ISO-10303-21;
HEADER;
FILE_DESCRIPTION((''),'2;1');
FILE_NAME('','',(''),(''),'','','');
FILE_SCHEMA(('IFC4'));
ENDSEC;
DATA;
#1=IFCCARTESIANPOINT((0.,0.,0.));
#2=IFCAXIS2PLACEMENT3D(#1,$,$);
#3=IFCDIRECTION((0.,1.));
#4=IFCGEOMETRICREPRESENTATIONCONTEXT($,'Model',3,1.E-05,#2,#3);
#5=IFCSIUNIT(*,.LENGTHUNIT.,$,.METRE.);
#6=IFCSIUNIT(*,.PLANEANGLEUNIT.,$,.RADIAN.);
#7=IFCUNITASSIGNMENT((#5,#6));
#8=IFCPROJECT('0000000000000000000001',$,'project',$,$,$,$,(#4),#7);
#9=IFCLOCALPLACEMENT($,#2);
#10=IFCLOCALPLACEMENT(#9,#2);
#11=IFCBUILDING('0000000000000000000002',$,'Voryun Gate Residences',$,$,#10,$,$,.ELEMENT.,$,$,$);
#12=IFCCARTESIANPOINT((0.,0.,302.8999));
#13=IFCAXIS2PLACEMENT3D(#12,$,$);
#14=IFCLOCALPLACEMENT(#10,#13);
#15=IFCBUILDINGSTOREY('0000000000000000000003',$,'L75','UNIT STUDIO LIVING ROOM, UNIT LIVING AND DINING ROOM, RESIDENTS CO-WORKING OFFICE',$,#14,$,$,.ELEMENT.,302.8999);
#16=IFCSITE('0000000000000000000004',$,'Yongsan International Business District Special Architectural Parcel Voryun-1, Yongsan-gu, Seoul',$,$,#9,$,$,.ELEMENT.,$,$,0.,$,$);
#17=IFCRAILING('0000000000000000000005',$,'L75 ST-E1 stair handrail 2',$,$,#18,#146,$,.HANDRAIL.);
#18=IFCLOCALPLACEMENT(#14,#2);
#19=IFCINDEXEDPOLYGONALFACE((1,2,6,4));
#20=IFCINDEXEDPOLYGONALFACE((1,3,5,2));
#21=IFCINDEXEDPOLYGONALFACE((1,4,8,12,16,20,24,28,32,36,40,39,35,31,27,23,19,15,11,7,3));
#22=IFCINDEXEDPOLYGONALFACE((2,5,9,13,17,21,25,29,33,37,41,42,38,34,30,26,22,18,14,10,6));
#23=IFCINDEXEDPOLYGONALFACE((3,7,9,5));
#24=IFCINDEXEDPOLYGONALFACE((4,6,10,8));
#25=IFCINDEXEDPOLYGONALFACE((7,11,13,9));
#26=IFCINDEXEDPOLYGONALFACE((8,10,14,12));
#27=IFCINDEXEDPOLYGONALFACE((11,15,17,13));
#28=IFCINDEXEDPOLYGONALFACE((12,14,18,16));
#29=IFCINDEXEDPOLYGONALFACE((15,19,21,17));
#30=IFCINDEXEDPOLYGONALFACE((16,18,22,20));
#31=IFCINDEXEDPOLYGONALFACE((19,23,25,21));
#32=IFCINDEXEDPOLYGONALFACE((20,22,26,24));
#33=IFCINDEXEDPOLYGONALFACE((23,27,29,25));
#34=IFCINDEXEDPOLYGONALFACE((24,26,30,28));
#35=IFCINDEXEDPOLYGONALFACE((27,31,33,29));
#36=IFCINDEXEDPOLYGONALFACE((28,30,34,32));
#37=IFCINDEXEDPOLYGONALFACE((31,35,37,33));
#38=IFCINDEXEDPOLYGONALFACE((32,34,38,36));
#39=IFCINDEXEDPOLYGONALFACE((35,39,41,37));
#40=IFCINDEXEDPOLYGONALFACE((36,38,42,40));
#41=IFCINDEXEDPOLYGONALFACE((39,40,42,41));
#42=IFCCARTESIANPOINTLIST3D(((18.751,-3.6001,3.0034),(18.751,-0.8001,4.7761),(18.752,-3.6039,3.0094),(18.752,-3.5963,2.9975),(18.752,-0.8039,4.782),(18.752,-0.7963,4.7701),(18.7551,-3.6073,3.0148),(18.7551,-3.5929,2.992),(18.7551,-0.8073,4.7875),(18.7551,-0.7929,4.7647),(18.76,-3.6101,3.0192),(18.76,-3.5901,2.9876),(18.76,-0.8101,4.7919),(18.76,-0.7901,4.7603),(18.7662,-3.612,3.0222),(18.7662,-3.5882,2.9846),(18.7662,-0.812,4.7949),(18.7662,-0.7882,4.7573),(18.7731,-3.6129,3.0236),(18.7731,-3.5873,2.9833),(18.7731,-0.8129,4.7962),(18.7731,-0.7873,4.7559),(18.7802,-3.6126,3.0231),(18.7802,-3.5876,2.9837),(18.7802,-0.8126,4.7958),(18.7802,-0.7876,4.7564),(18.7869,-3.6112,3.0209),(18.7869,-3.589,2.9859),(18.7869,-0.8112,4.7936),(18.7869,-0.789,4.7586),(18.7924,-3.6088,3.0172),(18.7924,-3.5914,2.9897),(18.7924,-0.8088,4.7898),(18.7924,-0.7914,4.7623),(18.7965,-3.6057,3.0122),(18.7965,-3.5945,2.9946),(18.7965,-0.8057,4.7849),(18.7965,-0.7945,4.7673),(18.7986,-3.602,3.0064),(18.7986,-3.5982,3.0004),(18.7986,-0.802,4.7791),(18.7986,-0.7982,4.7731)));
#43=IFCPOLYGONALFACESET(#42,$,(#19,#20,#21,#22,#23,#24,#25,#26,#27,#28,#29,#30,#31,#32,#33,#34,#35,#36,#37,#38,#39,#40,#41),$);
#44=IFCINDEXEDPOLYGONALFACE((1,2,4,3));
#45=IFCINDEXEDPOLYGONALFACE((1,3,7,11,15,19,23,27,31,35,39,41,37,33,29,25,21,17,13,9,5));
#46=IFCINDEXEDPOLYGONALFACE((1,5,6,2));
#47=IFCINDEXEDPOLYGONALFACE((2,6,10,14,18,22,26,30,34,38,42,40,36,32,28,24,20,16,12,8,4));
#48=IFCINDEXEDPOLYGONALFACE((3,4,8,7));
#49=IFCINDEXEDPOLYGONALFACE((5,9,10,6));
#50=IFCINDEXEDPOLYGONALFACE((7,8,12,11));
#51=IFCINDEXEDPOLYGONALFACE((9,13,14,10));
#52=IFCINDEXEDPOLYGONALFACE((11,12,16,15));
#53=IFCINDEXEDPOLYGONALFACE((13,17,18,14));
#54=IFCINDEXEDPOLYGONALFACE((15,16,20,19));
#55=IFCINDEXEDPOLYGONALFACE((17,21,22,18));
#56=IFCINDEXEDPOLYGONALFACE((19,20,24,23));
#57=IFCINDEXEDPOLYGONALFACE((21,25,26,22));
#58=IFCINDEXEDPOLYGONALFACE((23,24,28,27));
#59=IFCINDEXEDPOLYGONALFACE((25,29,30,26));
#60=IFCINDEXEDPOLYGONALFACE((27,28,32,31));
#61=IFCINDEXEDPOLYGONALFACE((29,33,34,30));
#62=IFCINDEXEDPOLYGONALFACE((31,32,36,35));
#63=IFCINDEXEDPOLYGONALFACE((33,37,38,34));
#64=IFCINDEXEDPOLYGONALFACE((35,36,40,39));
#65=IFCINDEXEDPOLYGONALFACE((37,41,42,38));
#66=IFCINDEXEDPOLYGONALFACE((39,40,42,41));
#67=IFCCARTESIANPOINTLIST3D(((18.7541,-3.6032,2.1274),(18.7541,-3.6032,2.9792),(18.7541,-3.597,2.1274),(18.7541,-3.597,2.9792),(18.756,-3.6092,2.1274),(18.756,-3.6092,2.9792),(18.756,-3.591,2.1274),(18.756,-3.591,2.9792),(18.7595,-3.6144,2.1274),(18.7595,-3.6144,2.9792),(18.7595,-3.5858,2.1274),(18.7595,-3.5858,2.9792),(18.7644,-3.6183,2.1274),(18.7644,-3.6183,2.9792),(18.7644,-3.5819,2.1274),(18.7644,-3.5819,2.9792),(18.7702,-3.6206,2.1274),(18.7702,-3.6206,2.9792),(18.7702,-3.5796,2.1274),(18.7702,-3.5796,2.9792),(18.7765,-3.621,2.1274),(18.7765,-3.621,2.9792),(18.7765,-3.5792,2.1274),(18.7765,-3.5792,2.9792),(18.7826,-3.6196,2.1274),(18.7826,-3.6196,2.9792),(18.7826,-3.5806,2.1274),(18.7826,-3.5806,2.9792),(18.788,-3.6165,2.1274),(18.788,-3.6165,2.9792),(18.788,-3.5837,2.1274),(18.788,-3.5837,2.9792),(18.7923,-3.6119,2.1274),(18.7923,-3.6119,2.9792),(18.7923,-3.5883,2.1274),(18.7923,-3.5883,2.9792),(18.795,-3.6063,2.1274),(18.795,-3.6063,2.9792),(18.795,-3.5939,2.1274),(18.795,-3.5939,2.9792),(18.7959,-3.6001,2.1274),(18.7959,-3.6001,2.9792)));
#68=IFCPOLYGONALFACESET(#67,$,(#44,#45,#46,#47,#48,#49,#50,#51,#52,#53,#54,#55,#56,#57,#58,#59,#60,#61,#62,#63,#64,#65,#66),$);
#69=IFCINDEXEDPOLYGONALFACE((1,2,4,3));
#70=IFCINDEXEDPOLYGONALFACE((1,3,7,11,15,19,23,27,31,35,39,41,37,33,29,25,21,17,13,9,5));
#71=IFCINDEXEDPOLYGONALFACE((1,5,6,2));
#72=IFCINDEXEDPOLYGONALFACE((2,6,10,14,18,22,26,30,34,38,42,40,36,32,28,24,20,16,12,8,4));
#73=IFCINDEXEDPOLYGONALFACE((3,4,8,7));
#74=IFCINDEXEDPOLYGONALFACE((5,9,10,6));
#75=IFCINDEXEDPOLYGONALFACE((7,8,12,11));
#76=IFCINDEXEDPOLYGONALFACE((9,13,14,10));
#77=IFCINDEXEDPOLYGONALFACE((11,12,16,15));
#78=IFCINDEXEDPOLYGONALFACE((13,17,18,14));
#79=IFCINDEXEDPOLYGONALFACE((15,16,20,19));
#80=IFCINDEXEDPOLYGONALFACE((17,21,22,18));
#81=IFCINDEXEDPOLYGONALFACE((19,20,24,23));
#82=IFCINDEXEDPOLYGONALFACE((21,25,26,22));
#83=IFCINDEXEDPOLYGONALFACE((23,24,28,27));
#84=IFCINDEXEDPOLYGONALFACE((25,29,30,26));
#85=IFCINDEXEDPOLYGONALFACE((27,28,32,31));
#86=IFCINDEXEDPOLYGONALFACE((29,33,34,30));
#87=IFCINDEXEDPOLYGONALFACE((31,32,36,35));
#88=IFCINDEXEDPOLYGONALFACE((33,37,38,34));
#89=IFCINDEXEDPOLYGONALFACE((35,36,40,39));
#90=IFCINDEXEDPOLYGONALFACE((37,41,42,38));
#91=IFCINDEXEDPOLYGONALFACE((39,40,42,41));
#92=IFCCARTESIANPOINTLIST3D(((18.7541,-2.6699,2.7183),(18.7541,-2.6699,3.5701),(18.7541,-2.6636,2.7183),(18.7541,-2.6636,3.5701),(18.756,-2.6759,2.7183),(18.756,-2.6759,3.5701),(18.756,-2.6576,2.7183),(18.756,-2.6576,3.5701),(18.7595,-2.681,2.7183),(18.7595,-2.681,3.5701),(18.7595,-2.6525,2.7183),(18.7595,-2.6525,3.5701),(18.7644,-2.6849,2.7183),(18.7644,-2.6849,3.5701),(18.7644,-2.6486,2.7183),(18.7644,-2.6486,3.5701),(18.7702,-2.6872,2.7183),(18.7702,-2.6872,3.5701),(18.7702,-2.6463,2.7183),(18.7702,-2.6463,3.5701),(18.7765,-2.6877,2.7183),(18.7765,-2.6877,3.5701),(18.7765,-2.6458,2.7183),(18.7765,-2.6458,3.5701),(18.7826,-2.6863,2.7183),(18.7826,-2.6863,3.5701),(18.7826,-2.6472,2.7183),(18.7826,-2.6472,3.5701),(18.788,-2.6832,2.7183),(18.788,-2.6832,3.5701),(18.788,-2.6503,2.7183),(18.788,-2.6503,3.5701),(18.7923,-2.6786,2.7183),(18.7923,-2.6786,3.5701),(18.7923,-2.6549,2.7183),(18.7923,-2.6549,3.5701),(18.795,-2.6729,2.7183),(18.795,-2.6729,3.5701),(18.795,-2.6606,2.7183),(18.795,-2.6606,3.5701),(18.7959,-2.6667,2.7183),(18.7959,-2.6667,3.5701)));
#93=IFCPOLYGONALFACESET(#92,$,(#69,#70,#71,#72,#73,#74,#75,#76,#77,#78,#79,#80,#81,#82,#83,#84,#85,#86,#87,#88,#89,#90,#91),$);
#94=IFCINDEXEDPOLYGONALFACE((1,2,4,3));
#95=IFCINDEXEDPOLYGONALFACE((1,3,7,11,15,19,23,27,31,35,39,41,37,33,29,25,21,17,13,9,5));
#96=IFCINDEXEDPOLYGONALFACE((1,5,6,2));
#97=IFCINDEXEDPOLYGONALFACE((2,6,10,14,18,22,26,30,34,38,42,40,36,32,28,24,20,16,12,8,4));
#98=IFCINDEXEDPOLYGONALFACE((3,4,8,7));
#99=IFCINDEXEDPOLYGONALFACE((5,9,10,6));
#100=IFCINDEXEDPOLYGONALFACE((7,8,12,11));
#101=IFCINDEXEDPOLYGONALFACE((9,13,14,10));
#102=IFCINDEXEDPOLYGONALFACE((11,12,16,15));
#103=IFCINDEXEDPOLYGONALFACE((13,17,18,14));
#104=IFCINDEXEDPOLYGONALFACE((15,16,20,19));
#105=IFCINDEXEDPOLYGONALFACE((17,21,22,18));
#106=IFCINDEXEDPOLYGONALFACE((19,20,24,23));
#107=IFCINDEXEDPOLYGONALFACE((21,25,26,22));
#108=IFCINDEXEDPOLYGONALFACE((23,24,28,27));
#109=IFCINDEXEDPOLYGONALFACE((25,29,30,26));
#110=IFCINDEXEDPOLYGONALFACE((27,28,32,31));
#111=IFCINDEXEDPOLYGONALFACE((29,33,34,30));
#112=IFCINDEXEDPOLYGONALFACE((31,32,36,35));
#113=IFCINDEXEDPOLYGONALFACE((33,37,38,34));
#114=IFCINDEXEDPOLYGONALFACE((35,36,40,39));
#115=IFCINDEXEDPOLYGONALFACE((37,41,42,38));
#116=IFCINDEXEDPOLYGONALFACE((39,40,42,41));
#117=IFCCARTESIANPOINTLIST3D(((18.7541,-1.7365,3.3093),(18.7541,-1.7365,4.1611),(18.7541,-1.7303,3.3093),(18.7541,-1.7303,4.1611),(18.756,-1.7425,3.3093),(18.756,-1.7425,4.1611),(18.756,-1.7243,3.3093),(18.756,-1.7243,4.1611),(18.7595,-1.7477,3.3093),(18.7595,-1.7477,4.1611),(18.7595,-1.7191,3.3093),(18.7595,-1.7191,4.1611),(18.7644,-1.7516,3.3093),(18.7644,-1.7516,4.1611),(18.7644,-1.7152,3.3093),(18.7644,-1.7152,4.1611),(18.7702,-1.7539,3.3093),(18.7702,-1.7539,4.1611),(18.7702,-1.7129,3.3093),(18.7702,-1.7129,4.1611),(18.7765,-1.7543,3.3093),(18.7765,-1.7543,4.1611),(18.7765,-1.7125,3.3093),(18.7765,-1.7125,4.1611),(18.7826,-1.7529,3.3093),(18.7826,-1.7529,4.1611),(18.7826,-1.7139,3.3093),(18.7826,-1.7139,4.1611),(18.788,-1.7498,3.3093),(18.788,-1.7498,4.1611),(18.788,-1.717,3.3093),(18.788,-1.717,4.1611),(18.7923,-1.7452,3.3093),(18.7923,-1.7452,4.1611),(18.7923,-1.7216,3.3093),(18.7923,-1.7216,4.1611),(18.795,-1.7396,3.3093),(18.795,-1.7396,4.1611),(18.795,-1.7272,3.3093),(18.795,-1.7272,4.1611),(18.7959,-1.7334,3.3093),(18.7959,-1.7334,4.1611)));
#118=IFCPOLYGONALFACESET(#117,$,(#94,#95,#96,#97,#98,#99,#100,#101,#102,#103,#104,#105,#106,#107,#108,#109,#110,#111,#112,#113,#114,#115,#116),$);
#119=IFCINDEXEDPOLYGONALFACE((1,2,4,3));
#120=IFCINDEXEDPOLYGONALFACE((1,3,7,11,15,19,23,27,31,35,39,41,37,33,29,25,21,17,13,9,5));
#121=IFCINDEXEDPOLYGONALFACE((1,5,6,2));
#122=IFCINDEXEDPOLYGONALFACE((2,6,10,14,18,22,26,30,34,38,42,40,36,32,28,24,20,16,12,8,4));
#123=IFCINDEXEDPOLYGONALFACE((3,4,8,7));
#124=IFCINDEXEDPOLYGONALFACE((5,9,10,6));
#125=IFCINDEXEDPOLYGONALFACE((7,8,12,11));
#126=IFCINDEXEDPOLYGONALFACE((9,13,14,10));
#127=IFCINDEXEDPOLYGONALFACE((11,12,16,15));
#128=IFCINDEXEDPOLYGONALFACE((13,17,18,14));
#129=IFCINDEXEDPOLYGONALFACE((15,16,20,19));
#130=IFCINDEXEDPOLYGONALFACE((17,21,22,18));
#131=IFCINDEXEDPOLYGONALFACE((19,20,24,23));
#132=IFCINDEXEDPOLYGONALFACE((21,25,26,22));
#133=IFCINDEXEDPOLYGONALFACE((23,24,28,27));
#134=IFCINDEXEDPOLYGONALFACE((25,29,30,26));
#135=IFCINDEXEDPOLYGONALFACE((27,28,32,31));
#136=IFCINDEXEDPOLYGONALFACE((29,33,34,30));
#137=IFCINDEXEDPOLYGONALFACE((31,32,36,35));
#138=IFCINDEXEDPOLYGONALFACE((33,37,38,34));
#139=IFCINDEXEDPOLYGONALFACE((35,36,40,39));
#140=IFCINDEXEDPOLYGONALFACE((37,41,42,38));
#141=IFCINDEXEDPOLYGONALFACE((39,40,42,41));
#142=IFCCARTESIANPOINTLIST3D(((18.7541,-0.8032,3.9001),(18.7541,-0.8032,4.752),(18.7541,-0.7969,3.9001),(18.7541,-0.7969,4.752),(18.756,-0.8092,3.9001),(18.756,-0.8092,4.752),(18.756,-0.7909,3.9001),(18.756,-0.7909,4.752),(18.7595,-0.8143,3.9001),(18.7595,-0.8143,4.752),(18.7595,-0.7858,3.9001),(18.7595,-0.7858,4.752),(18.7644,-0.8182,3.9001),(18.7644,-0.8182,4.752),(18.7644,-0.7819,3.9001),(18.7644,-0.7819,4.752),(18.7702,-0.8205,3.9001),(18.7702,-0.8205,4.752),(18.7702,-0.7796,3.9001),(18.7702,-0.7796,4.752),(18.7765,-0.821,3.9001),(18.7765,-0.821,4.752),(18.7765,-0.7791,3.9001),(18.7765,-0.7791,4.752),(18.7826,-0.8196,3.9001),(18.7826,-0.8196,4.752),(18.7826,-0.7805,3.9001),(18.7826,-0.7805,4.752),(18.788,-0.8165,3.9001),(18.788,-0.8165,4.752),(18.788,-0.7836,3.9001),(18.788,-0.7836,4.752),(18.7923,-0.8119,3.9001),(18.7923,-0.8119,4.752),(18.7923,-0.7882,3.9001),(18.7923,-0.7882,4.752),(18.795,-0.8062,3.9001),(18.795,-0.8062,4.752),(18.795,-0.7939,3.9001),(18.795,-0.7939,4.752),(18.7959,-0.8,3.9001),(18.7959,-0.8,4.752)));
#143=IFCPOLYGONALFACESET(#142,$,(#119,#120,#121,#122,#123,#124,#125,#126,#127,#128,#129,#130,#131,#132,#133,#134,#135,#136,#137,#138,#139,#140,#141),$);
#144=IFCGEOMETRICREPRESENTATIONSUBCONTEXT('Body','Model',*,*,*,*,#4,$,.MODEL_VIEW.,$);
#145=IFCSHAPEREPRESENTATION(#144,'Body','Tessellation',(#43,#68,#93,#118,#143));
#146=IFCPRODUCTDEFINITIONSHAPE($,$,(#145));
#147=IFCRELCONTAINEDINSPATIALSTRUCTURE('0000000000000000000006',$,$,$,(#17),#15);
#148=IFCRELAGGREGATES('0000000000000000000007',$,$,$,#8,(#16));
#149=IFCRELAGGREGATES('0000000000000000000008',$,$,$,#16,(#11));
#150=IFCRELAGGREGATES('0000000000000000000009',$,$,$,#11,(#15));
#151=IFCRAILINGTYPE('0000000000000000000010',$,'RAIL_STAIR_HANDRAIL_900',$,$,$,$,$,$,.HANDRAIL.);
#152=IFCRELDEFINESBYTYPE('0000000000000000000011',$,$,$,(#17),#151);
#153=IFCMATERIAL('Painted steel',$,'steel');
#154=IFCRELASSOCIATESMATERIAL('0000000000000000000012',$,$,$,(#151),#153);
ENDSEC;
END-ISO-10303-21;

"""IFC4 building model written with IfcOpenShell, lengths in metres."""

from ifc_helpers import new_model, si_unit, direction, frame, origin, origin_2d, place, context, subcontext, project, spatial, circle, extrude, material, type_object, element, save


model = new_model("IFC4")

# Units and contexts
model_context = context("Model", 3, precision=1e-05, world=origin(), true_north=direction((0.0, 1.0)))
body_context = subcontext(model_context, "Body", "Model", "MODEL_VIEW")
ifc_project = project(units=[si_unit("LENGTHUNIT", "METRE"), si_unit("PLANEANGLEUNIT", "RADIAN")], contexts=[model_context])

# Site, building, storey
site_placement = place(None, origin())
site = spatial("IfcSite", under=ifc_project, at=site_placement, Name="Yongsan International Business District Special Architectural Parcel Voryun-1, Yongsan-gu, Seoul", CompositionType="ELEMENT", RefElevation=0.0)
building_placement = place(site_placement, origin())
building = spatial("IfcBuilding", under=site, at=building_placement, Name="Voryun Gate Residences", CompositionType="ELEMENT")
storey_placement = place(building_placement, frame((0.0, 0.0, 302.8999)))
storey = spatial("IfcBuildingStorey", under=building, at=storey_placement, Name="L75", Description="UNIT STUDIO LIVING ROOM, UNIT LIVING AND DINING ROOM, RESIDENTS CO-WORKING OFFICE", CompositionType="ELEMENT", Elevation=302.8999)

# Railing
ifc_material_1 = material(Name="Painted steel", Category="steel")
railing_type_1 = type_object("IfcRailingType", Name="RAIL_STAIR_HANDRAIL_900", PredefinedType="HANDRAIL", material=ifc_material_1)
railing_1_placement = place(storey_placement, frame((18.7749, -3.6001, 2.1274)))
element("IfcRailing", 1, at=railing_1_placement, inside=storey, type_object=railing_type_1, Name="L75 ST-E1 stair handrail 2", PredefinedType="HANDRAIL", context=body_context, shape_type="SweptSolid", body=[
    extrude(circle(Radius=0.0239, at=origin_2d()), frame((0.0, 0.0, 0.876), z_axis=(0.0, 0.844909, 0.53491), x_axis=(-1.0, 0.0, 0.0)), (0.0, 0.0, 1.0), 3.314),
    extrude(circle(Radius=0.021, at=origin_2d()), origin(), (0.0, 0.0, 1.0), 0.8518),
    extrude(circle(Radius=0.021, at=origin_2d()), frame((0.0, 0.9333, 0.5908)), (0.0, 0.0, 1.0), 0.8518),
    extrude(circle(Radius=0.021, at=origin_2d()), frame((0.0, 1.8667, 1.1819)), (0.0, 0.0, 1.0), 0.8518),
    extrude(circle(Radius=0.021, at=origin_2d()), frame((0.0, 2.8, 1.7727)), (0.0, 0.0, 1.0), 0.8518),
])

save(model, "model.ifc")
